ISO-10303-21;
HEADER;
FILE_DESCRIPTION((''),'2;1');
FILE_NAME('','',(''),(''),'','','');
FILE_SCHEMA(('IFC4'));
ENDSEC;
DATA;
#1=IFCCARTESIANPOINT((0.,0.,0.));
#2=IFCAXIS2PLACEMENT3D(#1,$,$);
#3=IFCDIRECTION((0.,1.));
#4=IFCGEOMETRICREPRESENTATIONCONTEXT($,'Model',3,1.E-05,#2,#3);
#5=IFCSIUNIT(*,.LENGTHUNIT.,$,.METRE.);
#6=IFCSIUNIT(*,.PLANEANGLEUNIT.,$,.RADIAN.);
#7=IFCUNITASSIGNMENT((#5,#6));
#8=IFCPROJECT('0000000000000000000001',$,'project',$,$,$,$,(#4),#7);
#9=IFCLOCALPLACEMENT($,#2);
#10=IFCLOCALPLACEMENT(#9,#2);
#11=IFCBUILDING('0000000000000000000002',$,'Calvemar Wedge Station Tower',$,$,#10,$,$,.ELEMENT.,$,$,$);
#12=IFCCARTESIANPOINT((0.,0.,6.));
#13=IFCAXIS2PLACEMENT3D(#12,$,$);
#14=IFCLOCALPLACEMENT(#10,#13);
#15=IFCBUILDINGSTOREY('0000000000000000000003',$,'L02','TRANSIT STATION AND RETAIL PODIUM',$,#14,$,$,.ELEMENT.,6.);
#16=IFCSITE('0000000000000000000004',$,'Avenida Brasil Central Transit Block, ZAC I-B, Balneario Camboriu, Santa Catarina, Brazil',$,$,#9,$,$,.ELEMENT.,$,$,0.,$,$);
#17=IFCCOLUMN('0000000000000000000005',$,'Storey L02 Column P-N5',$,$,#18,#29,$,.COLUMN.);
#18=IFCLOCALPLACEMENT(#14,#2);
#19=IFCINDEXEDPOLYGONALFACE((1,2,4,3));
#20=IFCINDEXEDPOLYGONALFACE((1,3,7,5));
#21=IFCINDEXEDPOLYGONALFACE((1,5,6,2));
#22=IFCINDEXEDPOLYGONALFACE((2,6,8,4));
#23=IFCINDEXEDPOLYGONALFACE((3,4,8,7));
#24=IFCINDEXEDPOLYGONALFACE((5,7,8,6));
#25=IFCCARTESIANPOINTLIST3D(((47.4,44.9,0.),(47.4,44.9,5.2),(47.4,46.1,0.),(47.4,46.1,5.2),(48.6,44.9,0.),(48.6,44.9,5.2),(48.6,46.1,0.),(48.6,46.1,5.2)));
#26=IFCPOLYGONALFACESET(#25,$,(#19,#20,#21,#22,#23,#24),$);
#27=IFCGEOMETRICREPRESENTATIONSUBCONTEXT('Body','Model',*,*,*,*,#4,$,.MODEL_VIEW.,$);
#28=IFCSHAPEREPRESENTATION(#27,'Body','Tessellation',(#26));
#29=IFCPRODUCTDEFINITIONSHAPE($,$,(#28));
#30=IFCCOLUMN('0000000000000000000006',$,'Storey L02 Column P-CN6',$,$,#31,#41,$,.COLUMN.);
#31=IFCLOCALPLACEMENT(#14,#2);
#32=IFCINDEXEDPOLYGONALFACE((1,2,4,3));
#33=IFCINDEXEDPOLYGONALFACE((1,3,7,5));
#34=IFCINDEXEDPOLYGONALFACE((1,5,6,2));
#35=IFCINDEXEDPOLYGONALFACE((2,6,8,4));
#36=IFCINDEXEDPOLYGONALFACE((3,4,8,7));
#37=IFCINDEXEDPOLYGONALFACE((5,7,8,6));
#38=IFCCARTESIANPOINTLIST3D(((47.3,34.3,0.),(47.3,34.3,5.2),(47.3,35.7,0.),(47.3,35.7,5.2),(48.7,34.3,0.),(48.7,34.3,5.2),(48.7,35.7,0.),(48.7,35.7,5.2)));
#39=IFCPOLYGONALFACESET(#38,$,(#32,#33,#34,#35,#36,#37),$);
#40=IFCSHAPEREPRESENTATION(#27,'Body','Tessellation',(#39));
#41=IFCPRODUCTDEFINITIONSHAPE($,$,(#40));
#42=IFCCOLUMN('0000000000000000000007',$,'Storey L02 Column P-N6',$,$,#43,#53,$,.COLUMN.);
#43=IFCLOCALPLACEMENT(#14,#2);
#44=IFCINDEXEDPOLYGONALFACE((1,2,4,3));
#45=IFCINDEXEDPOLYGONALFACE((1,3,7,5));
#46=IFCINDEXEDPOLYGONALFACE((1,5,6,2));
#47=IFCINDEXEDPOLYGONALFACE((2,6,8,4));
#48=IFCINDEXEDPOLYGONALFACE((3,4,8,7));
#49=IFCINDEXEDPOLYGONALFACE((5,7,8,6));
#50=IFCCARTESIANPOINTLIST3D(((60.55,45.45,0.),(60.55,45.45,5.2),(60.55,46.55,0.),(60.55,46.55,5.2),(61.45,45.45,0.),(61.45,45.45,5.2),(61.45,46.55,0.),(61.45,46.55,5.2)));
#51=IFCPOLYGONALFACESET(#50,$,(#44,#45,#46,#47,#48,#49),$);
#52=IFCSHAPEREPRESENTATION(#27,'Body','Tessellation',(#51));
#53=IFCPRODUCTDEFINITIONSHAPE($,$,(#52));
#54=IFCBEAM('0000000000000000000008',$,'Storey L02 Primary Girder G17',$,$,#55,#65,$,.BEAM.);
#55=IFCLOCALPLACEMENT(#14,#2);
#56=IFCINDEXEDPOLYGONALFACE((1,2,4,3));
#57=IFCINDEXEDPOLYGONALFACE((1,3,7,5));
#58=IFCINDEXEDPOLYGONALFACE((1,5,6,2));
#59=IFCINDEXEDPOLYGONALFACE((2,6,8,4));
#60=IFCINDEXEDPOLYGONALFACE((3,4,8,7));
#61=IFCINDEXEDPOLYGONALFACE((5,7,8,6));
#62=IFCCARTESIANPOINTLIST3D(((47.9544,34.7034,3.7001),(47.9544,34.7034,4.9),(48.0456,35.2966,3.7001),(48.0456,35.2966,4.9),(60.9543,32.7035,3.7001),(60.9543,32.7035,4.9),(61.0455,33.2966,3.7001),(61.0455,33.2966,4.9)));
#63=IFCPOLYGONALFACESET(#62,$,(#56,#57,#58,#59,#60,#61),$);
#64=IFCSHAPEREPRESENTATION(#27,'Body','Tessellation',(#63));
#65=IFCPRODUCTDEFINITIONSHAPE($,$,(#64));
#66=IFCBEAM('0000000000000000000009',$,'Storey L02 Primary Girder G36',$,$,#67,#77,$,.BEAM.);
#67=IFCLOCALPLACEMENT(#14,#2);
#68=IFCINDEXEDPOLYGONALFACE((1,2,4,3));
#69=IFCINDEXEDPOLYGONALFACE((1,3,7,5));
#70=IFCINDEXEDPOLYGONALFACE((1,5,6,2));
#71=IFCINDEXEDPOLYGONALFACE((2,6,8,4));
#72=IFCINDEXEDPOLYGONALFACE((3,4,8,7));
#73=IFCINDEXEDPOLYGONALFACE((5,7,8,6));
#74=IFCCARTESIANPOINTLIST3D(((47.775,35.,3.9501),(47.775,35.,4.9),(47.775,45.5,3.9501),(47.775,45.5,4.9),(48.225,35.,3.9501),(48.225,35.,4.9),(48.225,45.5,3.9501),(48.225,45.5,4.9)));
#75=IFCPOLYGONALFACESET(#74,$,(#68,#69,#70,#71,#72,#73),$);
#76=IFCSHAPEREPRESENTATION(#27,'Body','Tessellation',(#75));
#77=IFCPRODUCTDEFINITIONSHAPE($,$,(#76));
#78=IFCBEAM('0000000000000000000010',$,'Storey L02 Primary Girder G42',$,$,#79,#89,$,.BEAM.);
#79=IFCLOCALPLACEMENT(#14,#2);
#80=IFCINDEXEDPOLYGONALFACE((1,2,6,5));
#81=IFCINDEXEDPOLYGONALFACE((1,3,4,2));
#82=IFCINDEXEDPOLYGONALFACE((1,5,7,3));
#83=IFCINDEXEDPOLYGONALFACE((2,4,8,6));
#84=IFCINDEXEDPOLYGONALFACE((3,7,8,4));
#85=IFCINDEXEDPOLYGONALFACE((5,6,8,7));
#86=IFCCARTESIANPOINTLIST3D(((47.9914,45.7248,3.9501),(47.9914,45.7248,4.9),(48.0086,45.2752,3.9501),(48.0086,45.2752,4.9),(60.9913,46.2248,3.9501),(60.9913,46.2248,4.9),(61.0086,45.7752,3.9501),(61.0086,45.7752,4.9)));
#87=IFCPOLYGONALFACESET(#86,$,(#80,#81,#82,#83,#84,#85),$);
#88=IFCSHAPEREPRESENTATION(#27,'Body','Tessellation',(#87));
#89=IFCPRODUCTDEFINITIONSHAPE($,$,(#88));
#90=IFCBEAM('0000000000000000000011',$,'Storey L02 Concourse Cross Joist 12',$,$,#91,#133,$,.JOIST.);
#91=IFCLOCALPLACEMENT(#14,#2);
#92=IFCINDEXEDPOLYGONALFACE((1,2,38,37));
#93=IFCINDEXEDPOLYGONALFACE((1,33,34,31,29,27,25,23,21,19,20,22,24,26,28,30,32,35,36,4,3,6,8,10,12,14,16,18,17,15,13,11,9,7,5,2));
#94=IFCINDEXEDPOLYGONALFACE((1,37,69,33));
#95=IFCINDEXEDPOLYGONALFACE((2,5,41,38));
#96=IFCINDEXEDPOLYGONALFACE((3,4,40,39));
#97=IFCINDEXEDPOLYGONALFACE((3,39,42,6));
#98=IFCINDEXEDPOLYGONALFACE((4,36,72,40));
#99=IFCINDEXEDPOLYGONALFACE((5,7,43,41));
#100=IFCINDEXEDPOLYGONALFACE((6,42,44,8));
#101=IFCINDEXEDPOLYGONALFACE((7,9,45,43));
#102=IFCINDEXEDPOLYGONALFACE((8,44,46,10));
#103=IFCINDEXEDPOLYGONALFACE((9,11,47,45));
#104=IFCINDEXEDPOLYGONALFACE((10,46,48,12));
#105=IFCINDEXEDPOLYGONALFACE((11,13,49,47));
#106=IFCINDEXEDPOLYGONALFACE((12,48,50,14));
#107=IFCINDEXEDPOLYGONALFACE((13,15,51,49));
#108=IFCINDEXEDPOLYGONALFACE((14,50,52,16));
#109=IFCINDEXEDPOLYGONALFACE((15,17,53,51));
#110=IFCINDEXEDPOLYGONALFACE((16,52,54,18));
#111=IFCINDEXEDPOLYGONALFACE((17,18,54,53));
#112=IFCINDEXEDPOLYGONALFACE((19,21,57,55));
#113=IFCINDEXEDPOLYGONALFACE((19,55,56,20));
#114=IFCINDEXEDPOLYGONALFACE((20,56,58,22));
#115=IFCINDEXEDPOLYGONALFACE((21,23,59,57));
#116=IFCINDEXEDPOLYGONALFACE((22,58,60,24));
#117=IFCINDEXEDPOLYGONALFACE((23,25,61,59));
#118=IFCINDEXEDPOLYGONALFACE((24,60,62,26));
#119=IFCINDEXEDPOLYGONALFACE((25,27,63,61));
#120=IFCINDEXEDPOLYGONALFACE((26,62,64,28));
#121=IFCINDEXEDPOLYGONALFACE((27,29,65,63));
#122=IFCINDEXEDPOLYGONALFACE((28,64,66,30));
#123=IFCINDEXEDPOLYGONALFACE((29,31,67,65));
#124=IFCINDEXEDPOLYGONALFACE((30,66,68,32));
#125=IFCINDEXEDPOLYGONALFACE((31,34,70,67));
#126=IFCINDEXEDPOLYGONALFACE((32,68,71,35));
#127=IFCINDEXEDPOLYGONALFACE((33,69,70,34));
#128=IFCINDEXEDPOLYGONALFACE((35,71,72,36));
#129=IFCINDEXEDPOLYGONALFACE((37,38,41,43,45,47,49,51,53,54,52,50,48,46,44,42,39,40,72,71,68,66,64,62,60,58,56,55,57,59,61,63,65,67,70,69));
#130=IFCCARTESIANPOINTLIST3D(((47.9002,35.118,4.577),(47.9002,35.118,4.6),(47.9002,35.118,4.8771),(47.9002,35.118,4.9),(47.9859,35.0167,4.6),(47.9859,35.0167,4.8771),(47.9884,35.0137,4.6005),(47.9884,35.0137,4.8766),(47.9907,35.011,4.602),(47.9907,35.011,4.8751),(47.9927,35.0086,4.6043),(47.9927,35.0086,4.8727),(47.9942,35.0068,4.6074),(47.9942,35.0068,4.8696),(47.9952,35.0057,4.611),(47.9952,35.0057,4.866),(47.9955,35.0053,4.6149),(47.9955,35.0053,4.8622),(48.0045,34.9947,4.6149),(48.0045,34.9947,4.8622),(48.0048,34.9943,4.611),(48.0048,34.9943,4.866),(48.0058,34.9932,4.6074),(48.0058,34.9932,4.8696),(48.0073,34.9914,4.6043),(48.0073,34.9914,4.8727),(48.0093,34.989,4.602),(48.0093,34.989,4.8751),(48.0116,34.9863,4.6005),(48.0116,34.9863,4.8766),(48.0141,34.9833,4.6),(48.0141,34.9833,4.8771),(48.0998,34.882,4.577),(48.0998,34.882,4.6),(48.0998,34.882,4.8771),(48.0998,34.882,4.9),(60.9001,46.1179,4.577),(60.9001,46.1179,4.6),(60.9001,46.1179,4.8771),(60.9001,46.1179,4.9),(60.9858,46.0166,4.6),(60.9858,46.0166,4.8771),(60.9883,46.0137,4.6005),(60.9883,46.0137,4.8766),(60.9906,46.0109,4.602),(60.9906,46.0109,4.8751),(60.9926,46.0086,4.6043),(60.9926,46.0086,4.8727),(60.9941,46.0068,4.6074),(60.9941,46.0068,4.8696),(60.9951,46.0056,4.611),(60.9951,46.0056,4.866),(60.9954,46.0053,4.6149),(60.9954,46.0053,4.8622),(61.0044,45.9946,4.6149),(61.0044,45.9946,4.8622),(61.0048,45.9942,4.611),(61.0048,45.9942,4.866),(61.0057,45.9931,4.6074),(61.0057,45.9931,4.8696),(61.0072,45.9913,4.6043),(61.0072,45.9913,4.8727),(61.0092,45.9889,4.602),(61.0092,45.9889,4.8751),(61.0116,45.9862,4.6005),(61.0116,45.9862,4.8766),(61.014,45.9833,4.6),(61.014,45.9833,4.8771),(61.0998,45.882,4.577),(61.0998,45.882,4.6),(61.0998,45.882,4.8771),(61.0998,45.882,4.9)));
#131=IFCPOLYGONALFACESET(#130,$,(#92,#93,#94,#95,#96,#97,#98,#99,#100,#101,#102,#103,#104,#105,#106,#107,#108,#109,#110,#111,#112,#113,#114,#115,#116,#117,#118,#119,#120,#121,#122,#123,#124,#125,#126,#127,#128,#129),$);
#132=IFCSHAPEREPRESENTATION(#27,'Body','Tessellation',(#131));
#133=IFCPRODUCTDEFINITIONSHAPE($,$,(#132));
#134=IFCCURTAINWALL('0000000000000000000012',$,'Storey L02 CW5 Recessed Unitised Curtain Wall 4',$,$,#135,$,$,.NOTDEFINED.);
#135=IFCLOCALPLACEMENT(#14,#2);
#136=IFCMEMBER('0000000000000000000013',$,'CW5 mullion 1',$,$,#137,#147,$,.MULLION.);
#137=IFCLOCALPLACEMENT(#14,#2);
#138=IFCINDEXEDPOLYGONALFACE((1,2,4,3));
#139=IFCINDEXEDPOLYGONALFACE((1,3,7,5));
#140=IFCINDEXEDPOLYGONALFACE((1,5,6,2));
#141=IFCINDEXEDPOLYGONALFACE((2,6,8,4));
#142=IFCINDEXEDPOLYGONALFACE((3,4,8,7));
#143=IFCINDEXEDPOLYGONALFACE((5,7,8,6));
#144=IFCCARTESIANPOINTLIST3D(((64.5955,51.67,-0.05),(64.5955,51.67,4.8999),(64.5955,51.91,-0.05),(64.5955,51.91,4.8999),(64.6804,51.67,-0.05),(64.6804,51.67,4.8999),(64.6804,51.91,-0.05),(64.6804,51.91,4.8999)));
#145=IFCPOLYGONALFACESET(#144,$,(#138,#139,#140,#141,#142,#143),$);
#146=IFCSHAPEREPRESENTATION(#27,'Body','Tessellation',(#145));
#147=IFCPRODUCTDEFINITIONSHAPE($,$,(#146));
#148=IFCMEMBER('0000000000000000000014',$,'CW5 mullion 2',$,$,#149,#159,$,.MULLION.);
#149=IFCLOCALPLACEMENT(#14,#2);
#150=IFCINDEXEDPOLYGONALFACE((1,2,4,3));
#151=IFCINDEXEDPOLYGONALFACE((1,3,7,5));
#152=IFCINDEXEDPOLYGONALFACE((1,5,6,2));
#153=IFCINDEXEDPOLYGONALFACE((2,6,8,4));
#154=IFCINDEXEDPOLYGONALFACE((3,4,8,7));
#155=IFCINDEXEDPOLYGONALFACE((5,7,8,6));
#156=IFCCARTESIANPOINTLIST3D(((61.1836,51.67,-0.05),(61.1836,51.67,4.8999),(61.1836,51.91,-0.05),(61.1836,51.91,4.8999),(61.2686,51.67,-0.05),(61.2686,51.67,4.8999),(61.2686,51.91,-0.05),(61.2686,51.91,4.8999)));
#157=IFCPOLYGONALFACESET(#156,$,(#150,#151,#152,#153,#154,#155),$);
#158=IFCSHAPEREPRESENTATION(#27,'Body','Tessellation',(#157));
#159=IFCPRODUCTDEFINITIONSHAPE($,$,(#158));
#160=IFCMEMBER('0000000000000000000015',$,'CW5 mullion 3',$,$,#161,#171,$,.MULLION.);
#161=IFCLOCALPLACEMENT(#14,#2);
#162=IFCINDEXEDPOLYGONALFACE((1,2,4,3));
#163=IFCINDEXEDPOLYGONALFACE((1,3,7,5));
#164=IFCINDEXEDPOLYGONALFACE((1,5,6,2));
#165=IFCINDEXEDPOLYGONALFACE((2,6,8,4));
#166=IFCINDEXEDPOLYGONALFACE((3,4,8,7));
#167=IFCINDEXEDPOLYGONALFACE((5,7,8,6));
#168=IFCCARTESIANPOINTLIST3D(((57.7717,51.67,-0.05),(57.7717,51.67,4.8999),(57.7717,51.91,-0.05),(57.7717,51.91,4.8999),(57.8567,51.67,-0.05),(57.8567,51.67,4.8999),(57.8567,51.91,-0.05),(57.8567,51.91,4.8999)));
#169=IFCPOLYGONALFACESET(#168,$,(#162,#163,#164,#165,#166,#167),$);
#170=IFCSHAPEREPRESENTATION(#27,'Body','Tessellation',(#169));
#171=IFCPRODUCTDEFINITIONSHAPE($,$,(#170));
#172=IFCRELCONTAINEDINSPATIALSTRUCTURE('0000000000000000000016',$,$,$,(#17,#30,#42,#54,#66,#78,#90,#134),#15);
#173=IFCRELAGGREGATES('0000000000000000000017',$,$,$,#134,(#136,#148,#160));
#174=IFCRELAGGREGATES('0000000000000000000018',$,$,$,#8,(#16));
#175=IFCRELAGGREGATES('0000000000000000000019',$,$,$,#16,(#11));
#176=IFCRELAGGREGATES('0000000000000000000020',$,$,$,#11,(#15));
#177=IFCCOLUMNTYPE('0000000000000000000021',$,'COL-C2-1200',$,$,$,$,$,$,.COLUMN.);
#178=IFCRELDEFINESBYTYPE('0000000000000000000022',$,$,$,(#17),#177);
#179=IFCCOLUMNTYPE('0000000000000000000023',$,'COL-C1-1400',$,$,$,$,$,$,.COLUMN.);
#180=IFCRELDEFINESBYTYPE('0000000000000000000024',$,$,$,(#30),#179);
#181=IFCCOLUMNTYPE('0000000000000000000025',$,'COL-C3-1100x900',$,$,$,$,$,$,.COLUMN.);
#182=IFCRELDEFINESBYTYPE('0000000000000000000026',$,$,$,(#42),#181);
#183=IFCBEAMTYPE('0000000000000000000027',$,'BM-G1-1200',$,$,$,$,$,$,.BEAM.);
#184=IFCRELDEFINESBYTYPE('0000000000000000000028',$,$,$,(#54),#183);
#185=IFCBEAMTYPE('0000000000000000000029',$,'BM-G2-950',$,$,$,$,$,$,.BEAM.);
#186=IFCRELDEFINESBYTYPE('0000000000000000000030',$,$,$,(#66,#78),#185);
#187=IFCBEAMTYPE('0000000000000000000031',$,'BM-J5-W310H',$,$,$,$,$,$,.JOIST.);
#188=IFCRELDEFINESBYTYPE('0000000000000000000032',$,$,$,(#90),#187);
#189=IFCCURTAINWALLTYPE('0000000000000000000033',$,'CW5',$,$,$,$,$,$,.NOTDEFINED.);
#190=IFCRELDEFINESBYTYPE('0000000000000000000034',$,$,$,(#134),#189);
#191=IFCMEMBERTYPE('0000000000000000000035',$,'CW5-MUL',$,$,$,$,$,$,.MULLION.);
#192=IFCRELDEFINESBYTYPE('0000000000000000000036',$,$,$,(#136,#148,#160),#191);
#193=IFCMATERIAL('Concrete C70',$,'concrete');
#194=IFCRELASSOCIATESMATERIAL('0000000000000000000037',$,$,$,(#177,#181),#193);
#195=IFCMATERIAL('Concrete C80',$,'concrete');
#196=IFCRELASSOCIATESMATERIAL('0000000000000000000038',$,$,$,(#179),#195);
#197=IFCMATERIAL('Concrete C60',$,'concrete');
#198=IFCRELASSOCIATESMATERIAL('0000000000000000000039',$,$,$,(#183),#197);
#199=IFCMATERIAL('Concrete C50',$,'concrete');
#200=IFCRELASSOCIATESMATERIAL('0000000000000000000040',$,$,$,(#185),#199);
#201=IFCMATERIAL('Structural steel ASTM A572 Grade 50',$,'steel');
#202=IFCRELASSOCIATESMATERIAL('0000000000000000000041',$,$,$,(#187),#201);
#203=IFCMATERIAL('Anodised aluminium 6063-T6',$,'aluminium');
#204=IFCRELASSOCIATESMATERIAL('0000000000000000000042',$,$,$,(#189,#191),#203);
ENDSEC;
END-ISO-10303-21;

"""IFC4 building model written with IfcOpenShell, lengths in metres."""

from ifc_helpers import new_model, si_unit, direction, frame, origin, origin_2d, place, context, subcontext, project, spatial, rectangle, i_section, extrude, source, transform, mapped, material, material_profile, profile_set, type_object, element, aggregate, save


model = new_model("IFC4")

# Units and contexts
model_context = context("Model", 3, precision=1e-05, world=origin(), true_north=direction((0.0, 1.0)))
body_context = subcontext(model_context, "Body", "Model", "MODEL_VIEW")
ifc_project = project(units=[si_unit("LENGTHUNIT", "METRE"), si_unit("PLANEANGLEUNIT", "RADIAN")], contexts=[model_context])

# Site, building, storey
site_placement = place(None, origin())
site = spatial("IfcSite", under=ifc_project, at=site_placement, Name="Avenida Brasil Central Transit Block, ZAC I-B, Balneario Camboriu, Santa Catarina, Brazil", CompositionType="ELEMENT", RefElevation=0.0)
building_placement = place(site_placement, origin())
building = spatial("IfcBuilding", under=site, at=building_placement, Name="Calvemar Wedge Station Tower", CompositionType="ELEMENT")
storey_placement = place(building_placement, frame((0.0, 0.0, 6.0)))
storey = spatial("IfcBuildingStorey", under=building, at=storey_placement, Name="L02", Description="TRANSIT STATION AND RETAIL PODIUM", CompositionType="ELEMENT", Elevation=6.0)

# Columns
ifc_material_1 = material(Name="Concrete C70", Category="concrete")
ifc_material_profile_1 = material_profile(ifc_material_1, rectangle(XDim=1.2, YDim=1.2, at=origin_2d()), Name="RC1200x1200")
ifc_profile_set_1 = profile_set([ifc_material_profile_1], Name="Concrete C70")
column_type_1 = type_object("IfcColumnType", Name="COL-C2-1200", PredefinedType="COLUMN", material=ifc_profile_set_1)
shared_shape_1 = source(origin(), body_context, "Body", "SweptSolid", [
    extrude(rectangle(XDim=1.2, YDim=1.2, at=origin_2d()), origin(), (0.0, 0.0, 1.0), 5.2),
])
column_1_placement = place(storey_placement, frame((48.0, 45.5, 0.0), z_axis=(0.0, 0.0, 1.0), x_axis=(1.0, 0.0, 0.0)))
element("IfcColumn", 1, at=column_1_placement, inside=storey, type_object=column_type_1, Name="Storey L02 Column P-N5", PredefinedType="COLUMN", context=body_context, shape_type="MappedRepresentation", body=[
    mapped(shared_shape_1, transform((0.0, 0.0, 0.0), scale=1.0)),
])
ifc_material_2 = material(Name="Concrete C80", Category="concrete")
ifc_material_profile_2 = material_profile(ifc_material_2, rectangle(XDim=1.3999, YDim=1.3999, at=origin_2d()), Name="RC1400x1400")
ifc_profile_set_2 = profile_set([ifc_material_profile_2], Name="Concrete C80")
column_type_2 = type_object("IfcColumnType", Name="COL-C1-1400", PredefinedType="COLUMN", material=ifc_profile_set_2)
shared_shape_2 = source(origin(), body_context, "Body", "SweptSolid", [
    extrude(rectangle(XDim=1.3999, YDim=1.3999, at=origin_2d()), origin(), (0.0, 0.0, 1.0), 5.2),
])
column_2_placement = place(storey_placement, frame((48.0, 35.0, 0.0), z_axis=(0.0, 0.0, 1.0), x_axis=(1.0, 0.0, 0.0)))
element("IfcColumn", 2, at=column_2_placement, inside=storey, type_object=column_type_2, Name="Storey L02 Column P-CN6", PredefinedType="COLUMN", context=body_context, shape_type="MappedRepresentation", body=[
    mapped(shared_shape_2, transform((0.0, 0.0, 0.0), scale=1.0)),
])
ifc_material_profile_3 = material_profile(ifc_material_1, rectangle(XDim=0.8999, YDim=1.1001, at=origin_2d()), Name="RC1100x900")
ifc_profile_set_3 = profile_set([ifc_material_profile_3], Name="Concrete C70")
column_type_3 = type_object("IfcColumnType", Name="COL-C3-1100x900", PredefinedType="COLUMN", material=ifc_profile_set_3)
shared_shape_3 = source(origin(), body_context, "Body", "SweptSolid", [
    extrude(rectangle(XDim=0.8999, YDim=1.1001, at=origin_2d()), origin(), (0.0, 0.0, 1.0), 5.2),
])
column_3_placement = place(storey_placement, frame((61.0, 46.0, 0.0), z_axis=(0.0, 0.0, 1.0), x_axis=(1.0, 0.0, 0.0)))
element("IfcColumn", 3, at=column_3_placement, inside=storey, type_object=column_type_3, Name="Storey L02 Column P-N6", PredefinedType="COLUMN", context=body_context, shape_type="MappedRepresentation", body=[
    mapped(shared_shape_3, transform((0.0, 0.0, 0.0), scale=1.0)),
])

# Beams
ifc_material_3 = material(Name="Concrete C60", Category="concrete")
ifc_material_profile_4 = material_profile(ifc_material_3, rectangle(XDim=0.6001, YDim=1.2, at=origin_2d()), Name="RC600x1200")
ifc_profile_set_4 = profile_set([ifc_material_profile_4], Name="Concrete C60")
beam_type_1 = type_object("IfcBeamType", Name="BM-G1-1200", PredefinedType="BEAM", material=ifc_profile_set_4)
shared_shape_4 = source(origin(), body_context, "Body", "SweptSolid", [
    extrude(rectangle(XDim=0.6001, YDim=1.2, at=origin_2d()), origin(), (0.0, 0.0, 1.0), 13.1528),
])
beam_1_placement = place(storey_placement, frame((48.0, 35.0, 4.3), z_axis=(0.988372, -0.152057, 0.0), x_axis=(0.152057, 0.988372, 0.0)))
element("IfcBeam", 4, at=beam_1_placement, inside=storey, type_object=beam_type_1, Name="Storey L02 Primary Girder G17", PredefinedType="BEAM", context=body_context, shape_type="MappedRepresentation", body=[
    mapped(shared_shape_4, transform((0.0, 0.0, 0.0), scale=1.0)),
])
ifc_material_4 = material(Name="Concrete C50", Category="concrete")
ifc_material_profile_5 = material_profile(ifc_material_4, rectangle(XDim=0.45, YDim=0.95, at=origin_2d()), Name="RC450x950")
ifc_profile_set_5 = profile_set([ifc_material_profile_5], Name="Concrete C50")
beam_type_2 = type_object("IfcBeamType", Name="BM-G2-950", PredefinedType="BEAM", material=ifc_profile_set_5)
shared_shape_5 = source(origin(), body_context, "Body", "SweptSolid", [
    extrude(rectangle(XDim=0.45, YDim=0.95, at=origin_2d()), origin(), (0.0, 0.0, 1.0), 10.5),
])
beam_2_placement = place(storey_placement, frame((48.0, 35.0, 4.425), z_axis=(0.0, 1.0, 0.0), x_axis=(-1.0, 0.0, 0.0)))
element("IfcBeam", 5, at=beam_2_placement, inside=storey, type_object=beam_type_2, Name="Storey L02 Primary Girder G36", PredefinedType="BEAM", context=body_context, shape_type="MappedRepresentation", body=[
    mapped(shared_shape_5, transform((0.0, 0.0, 0.0), scale=1.0)),
])
shared_shape_6 = source(origin(), body_context, "Body", "SweptSolid", [
    extrude(rectangle(XDim=0.45, YDim=0.95, at=origin_2d()), origin(), (0.0, 0.0, 1.0), 13.0095),
])
beam_3_placement = place(storey_placement, frame((48.0, 45.5, 4.425), z_axis=(0.999261, 0.038433, 0.0), x_axis=(-0.038433, 0.999261, 0.0)))
element("IfcBeam", 6, at=beam_3_placement, inside=storey, type_object=beam_type_2, Name="Storey L02 Primary Girder G42", PredefinedType="BEAM", context=body_context, shape_type="MappedRepresentation", body=[
    mapped(shared_shape_6, transform((0.0, 0.0, 0.0), scale=1.0)),
])
ifc_material_5 = material(Name="Structural steel ASTM A572 Grade 50", Category="steel")
ifc_material_profile_6 = material_profile(ifc_material_5, i_section(OverallWidth=0.3091, OverallDepth=0.323, WebThickness=0.0139, FlangeThickness=0.0229, FilletRadius=0.0149, at=origin_2d()), Name="W310x143")
ifc_profile_set_6 = profile_set([ifc_material_profile_6], Name="Structural steel ASTM A572 Grade 50")
beam_type_3 = type_object("IfcBeamType", Name="BM-J5-W310H", PredefinedType="JOIST", material=ifc_profile_set_6)
shared_shape_7 = source(origin(), body_context, "Body", "SweptSolid", [
    extrude(i_section(OverallWidth=0.3091, OverallDepth=0.323, WebThickness=0.0139, FlangeThickness=0.0229, FilletRadius=0.0149, at=origin_2d()), origin(), (0.0, 0.0, 1.0), 17.0293),
])
beam_4_placement = place(storey_placement, frame((48.0, 35.0, 4.7385), z_axis=(0.763386, 0.645942, 0.0), x_axis=(-0.645942, 0.763386, 0.0)))
element("IfcBeam", 7, at=beam_4_placement, inside=storey, type_object=beam_type_3, Name="Storey L02 Concourse Cross Joist 12", PredefinedType="JOIST", context=body_context, shape_type="MappedRepresentation", body=[
    mapped(shared_shape_7, transform((0.0, 0.0, 0.0), scale=1.0)),
])

# Curtain wall, members
ifc_material_6 = material(Name="Anodised aluminium 6063-T6", Category="aluminium")
curtain_wall_type = type_object("IfcCurtainWallType", Name="CW5", PredefinedType="NOTDEFINED", material=ifc_material_6)
curtain_wall_placement = place(storey_placement, origin())
curtain_wall = element("IfcCurtainWall", 8, at=curtain_wall_placement, inside=storey, type_object=curtain_wall_type, Name="Storey L02 CW5 Recessed Unitised Curtain Wall 4", PredefinedType="NOTDEFINED")
ifc_material_profile_7 = material_profile(ifc_material_6, rectangle(XDim=0.085, YDim=0.24, at=origin_2d()), Name="AL-MUL-85x240")
ifc_profile_set_7 = profile_set([ifc_material_profile_7], Name="Anodised aluminium 6063-T6")
member_type = type_object("IfcMemberType", Name="CW5-MUL", PredefinedType="MULLION", material=ifc_profile_set_7)
shared_shape_8 = source(origin(), body_context, "Body", "SweptSolid", [
    extrude(rectangle(XDim=0.085, YDim=0.24, at=origin_2d()), origin(), (0.0, 0.0, 1.0), 4.95),
])
member_1_placement = place(storey_placement, frame((64.6379, 51.79, -0.05), z_axis=(0.0, 0.0, 1.0), x_axis=(1.0, 0.0, 0.0)))
member_1 = element("IfcMember", 9, at=member_1_placement, type_object=member_type, Name="CW5 mullion 1", PredefinedType="MULLION", context=body_context, shape_type="MappedRepresentation", body=[
    mapped(shared_shape_8, transform((0.0, 0.0, 0.0), scale=1.0)),
])
member_2_placement = place(storey_placement, frame((61.2261, 51.79, -0.05), z_axis=(0.0, 0.0, 1.0), x_axis=(1.0, 0.0, 0.0)))
member_2 = element("IfcMember", 10, at=member_2_placement, type_object=member_type, Name="CW5 mullion 2", PredefinedType="MULLION", context=body_context, shape_type="MappedRepresentation", body=[
    mapped(shared_shape_8, transform((0.0, 0.0, 0.0), scale=1.0)),
])
member_3_placement = place(storey_placement, frame((57.8142, 51.79, -0.05), z_axis=(0.0, 0.0, 1.0), x_axis=(1.0, 0.0, 0.0)))
member_3 = element("IfcMember", 11, at=member_3_placement, type_object=member_type, Name="CW5 mullion 3", PredefinedType="MULLION", context=body_context, shape_type="MappedRepresentation", body=[
    mapped(shared_shape_8, transform((0.0, 0.0, 0.0), scale=1.0)),
])
aggregate(curtain_wall, [member_1, member_2, member_3])

save(model, "model.ifc")
